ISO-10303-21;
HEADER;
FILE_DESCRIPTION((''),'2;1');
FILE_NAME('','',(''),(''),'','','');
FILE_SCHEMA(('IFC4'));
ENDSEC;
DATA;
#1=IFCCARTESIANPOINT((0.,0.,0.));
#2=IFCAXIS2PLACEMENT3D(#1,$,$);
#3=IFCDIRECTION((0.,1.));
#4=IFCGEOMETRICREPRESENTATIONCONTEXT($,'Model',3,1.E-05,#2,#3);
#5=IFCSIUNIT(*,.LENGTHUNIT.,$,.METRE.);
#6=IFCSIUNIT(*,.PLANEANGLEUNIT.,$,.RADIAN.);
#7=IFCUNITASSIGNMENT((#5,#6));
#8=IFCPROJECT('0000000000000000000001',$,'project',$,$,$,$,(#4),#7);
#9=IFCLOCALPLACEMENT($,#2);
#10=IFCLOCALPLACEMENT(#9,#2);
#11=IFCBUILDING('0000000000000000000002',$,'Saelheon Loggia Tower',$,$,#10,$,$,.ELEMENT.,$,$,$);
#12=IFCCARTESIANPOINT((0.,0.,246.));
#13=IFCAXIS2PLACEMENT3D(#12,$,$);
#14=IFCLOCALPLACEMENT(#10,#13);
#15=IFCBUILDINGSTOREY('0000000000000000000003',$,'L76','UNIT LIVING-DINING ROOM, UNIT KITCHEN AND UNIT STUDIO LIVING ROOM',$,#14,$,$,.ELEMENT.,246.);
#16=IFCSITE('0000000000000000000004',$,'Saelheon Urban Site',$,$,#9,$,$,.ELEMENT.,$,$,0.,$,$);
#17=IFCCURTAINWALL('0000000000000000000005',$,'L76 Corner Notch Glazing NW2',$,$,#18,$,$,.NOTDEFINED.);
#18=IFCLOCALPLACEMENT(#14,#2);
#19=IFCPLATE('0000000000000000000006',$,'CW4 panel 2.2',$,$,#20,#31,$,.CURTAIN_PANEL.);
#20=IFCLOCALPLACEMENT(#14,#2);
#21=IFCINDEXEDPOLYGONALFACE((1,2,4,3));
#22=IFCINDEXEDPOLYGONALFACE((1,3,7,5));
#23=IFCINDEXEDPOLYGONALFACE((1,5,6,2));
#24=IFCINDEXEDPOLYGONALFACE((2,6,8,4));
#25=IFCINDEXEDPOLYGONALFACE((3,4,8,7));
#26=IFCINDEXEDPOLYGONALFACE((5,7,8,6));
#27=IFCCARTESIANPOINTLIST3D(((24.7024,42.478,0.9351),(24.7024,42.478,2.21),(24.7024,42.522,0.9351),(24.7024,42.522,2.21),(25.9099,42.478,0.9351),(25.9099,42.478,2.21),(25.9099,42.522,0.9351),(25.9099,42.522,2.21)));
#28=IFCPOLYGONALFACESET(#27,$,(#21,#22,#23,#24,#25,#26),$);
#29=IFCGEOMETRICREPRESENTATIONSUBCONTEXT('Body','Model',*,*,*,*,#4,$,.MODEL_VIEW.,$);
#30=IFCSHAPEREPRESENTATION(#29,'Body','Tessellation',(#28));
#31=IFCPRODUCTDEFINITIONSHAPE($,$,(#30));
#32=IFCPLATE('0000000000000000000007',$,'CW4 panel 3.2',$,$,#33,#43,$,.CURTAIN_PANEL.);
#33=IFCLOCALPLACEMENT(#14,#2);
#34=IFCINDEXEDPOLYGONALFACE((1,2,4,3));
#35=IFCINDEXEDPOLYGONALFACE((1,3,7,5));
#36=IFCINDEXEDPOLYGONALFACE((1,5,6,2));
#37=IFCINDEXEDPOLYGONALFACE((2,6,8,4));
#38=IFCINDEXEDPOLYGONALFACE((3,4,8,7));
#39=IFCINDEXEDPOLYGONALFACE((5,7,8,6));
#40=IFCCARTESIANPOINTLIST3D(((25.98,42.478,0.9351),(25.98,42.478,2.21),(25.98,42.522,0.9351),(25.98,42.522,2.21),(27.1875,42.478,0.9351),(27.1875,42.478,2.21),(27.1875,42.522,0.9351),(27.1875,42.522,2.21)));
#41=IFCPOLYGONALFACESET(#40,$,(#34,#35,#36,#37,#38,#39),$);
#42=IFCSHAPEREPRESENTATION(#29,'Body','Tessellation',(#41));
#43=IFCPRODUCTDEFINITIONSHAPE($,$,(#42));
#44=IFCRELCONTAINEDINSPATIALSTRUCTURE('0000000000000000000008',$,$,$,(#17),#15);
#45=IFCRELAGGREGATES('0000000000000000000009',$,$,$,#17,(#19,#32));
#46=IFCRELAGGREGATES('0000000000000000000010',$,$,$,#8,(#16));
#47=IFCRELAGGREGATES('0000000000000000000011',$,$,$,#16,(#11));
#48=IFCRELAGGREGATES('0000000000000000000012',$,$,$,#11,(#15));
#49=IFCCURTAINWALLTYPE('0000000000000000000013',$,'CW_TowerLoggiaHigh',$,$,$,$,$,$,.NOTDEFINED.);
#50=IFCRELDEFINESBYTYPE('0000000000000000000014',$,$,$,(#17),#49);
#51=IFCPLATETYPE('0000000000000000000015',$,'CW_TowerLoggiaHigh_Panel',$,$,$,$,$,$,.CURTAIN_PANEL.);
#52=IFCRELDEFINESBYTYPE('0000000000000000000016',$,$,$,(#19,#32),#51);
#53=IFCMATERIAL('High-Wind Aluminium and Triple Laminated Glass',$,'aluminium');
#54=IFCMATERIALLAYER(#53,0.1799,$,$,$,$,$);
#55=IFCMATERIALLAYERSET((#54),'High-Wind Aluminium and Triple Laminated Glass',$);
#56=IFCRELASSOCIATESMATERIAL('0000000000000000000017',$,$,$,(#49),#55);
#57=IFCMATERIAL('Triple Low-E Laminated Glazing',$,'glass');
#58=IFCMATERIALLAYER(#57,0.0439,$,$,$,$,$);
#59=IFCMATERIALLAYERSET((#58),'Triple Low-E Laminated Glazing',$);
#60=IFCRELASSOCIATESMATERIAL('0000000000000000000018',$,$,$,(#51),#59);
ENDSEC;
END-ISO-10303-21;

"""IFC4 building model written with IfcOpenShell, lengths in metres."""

from ifc_helpers import new_model, si_unit, direction, frame, origin, origin_2d, place, context, subcontext, project, spatial, rectangle, extrude, source, transform, mapped, material, layer, layer_set, type_object, element, aggregate, save


model = new_model("IFC4")

# Units and contexts
model_context = context("Model", 3, precision=1e-05, world=origin(), true_north=direction((0.0, 1.0)))
body_context = subcontext(model_context, "Body", "Model", "MODEL_VIEW")
ifc_project = project(units=[si_unit("LENGTHUNIT", "METRE"), si_unit("PLANEANGLEUNIT", "RADIAN")], contexts=[model_context])

# Site, building, storey
site_placement = place(None, origin())
site = spatial("IfcSite", under=ifc_project, at=site_placement, Name="Saelheon Urban Site", CompositionType="ELEMENT", RefElevation=0.0)
building_placement = place(site_placement, origin())
building = spatial("IfcBuilding", under=site, at=building_placement, Name="Saelheon Loggia Tower", CompositionType="ELEMENT")
storey_placement = place(building_placement, frame((0.0, 0.0, 246.0)))
storey = spatial("IfcBuildingStorey", under=building, at=storey_placement, Name="L76", Description="UNIT LIVING-DINING ROOM, UNIT KITCHEN AND UNIT STUDIO LIVING ROOM", CompositionType="ELEMENT", Elevation=246.0)

# Curtain wall
ifc_material_1 = material(Name="High-Wind Aluminium and Triple Laminated Glass", Category="aluminium")
ifc_layer_1 = layer(ifc_material_1, 0.1799)
ifc_layer_set_1 = layer_set([ifc_layer_1], Name="High-Wind Aluminium and Triple Laminated Glass")
curtain_wall_type = type_object("IfcCurtainWallType", Name="CW_TowerLoggiaHigh", PredefinedType="NOTDEFINED", material=ifc_layer_set_1)
curtain_wall_1_placement = place(storey_placement, origin())
curtain_wall_1 = element("IfcCurtainWall", 1, at=curtain_wall_1_placement, inside=storey, type_object=curtain_wall_type, Name="L76 Corner Notch Glazing NW2", PredefinedType="NOTDEFINED")

# Plates
ifc_material_2 = material(Name="Triple Low-E Laminated Glazing", Category="glass")
ifc_layer_2 = layer(ifc_material_2, 0.0439)
ifc_layer_set_2 = layer_set([ifc_layer_2], Name="Triple Low-E Laminated Glazing")
plate_type = type_object("IfcPlateType", Name="CW_TowerLoggiaHigh_Panel", PredefinedType="CURTAIN_PANEL", material=ifc_layer_set_2)
shared_shape_1 = source(origin(), body_context, "Body", "SweptSolid", [
    extrude(rectangle(XDim=1.2075, YDim=0.0439, at=origin_2d()), origin(), (0.0, 0.0, 1.0), 1.2749),
])
plate_1_placement = place(storey_placement, frame((25.3062, 42.5, 0.9351), z_axis=(0.0, 0.0, 1.0), x_axis=(1.0, 0.0, 0.0)))
plate_1 = element("IfcPlate", 2, at=plate_1_placement, type_object=plate_type, Name="CW4 panel 2.2", PredefinedType="CURTAIN_PANEL", context=body_context, shape_type="MappedRepresentation", body=[
    mapped(shared_shape_1, transform((0.0, 0.0, 0.0), scale=1.0)),
])
plate_2_placement = place(storey_placement, frame((26.5837, 42.5, 0.9351), z_axis=(0.0, 0.0, 1.0), x_axis=(1.0, 0.0, 0.0)))
plate_2 = element("IfcPlate", 3, at=plate_2_placement, type_object=plate_type, Name="CW4 panel 3.2", PredefinedType="CURTAIN_PANEL", context=body_context, shape_type="MappedRepresentation", body=[
    mapped(shared_shape_1, transform((0.0, 0.0, 0.0), scale=1.0)),
])
aggregate(curtain_wall_1, [plate_1, plate_2])

save(model, "model.ifc")
